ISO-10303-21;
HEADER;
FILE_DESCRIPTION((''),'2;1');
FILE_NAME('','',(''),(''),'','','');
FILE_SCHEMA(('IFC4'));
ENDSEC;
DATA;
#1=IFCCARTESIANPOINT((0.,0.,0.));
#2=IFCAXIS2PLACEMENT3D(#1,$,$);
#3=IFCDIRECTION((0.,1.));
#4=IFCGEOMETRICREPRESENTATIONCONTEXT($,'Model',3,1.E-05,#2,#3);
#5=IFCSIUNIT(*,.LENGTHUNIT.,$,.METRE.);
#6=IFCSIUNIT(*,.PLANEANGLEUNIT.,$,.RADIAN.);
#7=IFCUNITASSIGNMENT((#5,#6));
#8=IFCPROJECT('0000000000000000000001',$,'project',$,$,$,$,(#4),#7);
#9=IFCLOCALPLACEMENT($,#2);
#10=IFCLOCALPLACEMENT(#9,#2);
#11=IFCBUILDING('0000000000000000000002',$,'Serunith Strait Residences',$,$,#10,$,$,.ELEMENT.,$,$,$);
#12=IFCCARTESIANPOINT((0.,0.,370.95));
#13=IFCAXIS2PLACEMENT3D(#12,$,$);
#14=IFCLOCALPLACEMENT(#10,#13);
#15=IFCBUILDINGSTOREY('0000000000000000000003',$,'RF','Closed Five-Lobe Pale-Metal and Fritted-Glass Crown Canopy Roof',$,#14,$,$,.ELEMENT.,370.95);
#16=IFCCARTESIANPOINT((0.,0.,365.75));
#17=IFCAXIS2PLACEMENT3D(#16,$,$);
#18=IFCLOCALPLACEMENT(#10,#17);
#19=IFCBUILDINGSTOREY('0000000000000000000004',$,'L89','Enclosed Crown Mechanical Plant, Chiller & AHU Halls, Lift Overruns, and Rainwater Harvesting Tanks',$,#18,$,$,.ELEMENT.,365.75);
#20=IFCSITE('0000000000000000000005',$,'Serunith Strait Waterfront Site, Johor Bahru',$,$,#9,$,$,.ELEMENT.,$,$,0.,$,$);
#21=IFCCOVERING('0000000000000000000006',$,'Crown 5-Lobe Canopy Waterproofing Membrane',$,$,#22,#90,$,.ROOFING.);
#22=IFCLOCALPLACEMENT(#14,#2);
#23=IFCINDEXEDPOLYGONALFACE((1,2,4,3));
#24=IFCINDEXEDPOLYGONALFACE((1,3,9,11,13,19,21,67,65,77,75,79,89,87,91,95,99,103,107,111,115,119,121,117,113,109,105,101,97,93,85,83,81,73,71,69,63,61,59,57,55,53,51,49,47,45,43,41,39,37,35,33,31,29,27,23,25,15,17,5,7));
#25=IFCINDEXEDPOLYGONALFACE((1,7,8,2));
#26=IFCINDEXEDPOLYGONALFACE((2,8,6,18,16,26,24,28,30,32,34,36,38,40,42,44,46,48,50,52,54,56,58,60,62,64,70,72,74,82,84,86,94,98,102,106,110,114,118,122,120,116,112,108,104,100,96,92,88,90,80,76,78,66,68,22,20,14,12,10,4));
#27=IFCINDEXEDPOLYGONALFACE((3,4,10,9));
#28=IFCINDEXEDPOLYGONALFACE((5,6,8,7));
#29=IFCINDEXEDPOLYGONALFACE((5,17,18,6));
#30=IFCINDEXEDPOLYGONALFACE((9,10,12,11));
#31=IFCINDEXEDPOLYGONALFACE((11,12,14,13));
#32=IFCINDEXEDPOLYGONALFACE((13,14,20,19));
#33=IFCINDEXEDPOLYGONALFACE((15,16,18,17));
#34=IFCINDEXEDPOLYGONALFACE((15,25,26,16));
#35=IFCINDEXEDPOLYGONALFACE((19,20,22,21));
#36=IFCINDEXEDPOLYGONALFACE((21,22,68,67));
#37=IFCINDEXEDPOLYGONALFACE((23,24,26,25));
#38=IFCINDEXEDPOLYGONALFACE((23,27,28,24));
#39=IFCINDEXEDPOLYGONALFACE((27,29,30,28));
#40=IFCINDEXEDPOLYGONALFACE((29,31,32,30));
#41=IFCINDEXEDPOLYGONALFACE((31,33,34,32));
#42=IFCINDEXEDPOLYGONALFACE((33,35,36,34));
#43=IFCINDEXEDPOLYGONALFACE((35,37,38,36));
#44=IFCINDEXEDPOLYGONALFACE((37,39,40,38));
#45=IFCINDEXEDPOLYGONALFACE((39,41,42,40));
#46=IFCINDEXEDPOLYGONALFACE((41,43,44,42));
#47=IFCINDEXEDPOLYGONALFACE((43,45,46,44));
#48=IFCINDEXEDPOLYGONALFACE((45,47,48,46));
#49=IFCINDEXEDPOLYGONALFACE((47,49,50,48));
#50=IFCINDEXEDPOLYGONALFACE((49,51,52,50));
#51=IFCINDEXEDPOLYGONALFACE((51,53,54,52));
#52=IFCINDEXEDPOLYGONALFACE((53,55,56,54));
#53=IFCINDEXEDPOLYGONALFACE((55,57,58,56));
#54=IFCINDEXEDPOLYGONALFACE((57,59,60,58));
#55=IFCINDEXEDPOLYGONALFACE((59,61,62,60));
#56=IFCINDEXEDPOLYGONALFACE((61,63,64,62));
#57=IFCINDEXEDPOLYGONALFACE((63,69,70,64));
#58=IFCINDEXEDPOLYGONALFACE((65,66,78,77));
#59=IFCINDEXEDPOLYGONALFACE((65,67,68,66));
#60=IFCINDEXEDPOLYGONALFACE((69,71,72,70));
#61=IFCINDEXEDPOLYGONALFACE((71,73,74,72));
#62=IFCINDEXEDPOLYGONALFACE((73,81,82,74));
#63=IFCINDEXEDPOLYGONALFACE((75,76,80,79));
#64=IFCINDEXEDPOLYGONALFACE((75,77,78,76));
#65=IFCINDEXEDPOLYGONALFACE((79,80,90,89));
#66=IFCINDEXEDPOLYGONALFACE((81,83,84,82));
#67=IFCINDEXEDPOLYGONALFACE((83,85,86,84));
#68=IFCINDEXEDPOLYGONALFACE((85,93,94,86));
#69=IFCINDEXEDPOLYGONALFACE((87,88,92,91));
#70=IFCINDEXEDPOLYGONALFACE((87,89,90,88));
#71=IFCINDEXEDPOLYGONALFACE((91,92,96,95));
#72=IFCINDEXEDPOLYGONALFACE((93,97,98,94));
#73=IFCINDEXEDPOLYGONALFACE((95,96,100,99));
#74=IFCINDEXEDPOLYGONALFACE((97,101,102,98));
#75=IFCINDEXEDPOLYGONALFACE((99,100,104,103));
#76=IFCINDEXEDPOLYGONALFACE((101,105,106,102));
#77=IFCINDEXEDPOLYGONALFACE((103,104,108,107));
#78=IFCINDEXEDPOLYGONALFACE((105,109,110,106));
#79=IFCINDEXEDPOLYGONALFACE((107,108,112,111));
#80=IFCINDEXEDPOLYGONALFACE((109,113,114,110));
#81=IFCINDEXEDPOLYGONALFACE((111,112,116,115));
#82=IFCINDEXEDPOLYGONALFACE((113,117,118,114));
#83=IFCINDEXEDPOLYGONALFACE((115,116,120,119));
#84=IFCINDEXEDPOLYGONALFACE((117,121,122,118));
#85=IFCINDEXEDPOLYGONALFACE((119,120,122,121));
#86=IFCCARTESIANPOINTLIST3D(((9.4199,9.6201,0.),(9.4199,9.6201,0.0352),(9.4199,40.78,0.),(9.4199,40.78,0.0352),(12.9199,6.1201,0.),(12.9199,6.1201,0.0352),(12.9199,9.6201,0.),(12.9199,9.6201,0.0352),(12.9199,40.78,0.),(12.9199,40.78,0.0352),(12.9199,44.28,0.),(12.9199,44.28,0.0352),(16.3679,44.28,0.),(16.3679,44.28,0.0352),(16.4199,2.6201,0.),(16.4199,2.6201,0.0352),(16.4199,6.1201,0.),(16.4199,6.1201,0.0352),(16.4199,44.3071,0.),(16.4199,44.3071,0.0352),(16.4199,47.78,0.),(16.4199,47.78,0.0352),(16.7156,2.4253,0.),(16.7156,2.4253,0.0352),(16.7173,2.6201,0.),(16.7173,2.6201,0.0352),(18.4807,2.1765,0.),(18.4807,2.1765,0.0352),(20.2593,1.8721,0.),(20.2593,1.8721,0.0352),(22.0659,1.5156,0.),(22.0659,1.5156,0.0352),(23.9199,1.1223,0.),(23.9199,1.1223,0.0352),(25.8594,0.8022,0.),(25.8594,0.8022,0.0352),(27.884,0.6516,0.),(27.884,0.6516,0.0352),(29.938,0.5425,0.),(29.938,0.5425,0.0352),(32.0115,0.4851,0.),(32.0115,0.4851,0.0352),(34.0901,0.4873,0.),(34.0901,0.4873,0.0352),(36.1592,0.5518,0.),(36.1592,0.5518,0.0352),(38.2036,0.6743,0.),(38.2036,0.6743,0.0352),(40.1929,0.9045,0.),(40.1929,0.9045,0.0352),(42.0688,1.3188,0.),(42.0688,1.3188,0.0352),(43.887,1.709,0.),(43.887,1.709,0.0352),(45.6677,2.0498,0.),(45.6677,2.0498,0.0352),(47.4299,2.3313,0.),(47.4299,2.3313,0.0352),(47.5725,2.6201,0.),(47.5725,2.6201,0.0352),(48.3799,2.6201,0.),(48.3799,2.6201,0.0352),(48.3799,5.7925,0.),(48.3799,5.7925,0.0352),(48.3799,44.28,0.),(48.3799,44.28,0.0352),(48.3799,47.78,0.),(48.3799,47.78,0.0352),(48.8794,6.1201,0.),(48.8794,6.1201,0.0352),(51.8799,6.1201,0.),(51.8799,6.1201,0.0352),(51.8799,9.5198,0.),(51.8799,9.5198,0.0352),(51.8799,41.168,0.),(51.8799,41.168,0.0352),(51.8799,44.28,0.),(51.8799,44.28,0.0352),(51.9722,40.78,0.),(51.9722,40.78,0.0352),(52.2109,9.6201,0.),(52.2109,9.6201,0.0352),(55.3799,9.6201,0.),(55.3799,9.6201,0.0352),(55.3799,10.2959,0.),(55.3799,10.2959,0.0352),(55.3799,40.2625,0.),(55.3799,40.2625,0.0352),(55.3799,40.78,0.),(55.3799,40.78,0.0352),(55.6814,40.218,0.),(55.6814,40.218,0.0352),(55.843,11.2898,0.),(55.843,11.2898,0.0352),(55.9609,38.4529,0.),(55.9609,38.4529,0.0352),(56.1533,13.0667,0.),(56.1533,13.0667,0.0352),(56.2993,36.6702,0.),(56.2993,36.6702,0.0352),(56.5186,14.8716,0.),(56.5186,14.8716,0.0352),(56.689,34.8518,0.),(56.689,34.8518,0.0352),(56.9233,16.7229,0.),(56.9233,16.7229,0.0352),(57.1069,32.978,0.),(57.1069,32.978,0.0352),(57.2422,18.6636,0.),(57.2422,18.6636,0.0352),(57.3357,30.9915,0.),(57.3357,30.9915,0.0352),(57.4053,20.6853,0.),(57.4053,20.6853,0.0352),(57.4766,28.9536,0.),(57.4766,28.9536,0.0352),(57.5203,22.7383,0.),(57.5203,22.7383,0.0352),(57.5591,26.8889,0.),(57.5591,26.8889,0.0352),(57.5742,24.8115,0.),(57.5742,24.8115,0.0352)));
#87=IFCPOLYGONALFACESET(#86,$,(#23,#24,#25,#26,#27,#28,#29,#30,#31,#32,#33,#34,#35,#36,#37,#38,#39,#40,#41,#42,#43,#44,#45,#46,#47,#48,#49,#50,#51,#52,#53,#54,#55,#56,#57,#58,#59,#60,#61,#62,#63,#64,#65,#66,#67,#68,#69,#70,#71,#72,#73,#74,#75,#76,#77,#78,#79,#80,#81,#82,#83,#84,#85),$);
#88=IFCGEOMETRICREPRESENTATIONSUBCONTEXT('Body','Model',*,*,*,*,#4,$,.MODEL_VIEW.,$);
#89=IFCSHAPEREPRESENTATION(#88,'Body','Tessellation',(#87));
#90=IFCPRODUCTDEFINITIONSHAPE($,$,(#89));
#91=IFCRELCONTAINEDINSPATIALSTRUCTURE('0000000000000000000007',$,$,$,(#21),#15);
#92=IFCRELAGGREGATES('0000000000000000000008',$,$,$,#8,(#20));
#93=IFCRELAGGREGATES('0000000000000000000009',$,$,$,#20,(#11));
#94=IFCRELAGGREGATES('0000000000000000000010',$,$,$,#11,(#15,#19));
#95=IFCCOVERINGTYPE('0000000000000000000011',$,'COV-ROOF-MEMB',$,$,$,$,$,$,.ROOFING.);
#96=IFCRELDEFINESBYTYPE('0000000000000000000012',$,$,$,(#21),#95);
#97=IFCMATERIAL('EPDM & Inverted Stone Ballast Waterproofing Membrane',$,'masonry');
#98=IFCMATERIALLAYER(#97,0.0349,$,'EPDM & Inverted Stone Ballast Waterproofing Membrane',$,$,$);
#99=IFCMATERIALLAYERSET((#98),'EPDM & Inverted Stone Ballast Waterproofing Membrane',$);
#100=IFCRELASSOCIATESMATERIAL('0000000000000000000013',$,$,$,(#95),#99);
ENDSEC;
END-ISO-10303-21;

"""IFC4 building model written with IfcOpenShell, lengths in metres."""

from ifc_helpers import new_model, si_unit, direction, frame, origin, place, context, subcontext, project, spatial, polyline, outline, extrude, material, layer, layer_set, type_object, element, save


model = new_model("IFC4")

# Units and contexts
model_context = context("Model", 3, precision=1e-05, world=origin(), true_north=direction((0.0, 1.0)))
body_context = subcontext(model_context, "Body", "Model", "MODEL_VIEW")
ifc_project = project(units=[si_unit("LENGTHUNIT", "METRE"), si_unit("PLANEANGLEUNIT", "RADIAN")], contexts=[model_context])

# Site, building, storey
site_placement = place(None, origin())
site = spatial("IfcSite", under=ifc_project, at=site_placement, Name="Serunith Strait Waterfront Site, Johor Bahru", CompositionType="ELEMENT", RefElevation=0.0)
building_placement = place(site_placement, origin())
building = spatial("IfcBuilding", under=site, at=building_placement, Name="Serunith Strait Residences", CompositionType="ELEMENT")
storey_1_placement = place(building_placement, frame((0.0, 0.0, 370.95)))
storey_1 = spatial("IfcBuildingStorey", under=building, at=storey_1_placement, Name="RF", Description="Closed Five-Lobe Pale-Metal and Fritted-Glass Crown Canopy Roof", CompositionType="ELEMENT", Elevation=370.95)

# Shared definitions
storey_2_placement = place(building_placement, frame((0.0, 0.0, 365.75)))
storey_2 = spatial("IfcBuildingStorey", under=building, at=storey_2_placement, Name="L89", Description="Enclosed Crown Mechanical Plant, Chiller & AHU Halls, Lift Overruns, and Rainwater Harvesting Tanks", CompositionType="ELEMENT", Elevation=365.75)

# Covering
ifc_material_1 = material(Name="EPDM & Inverted Stone Ballast Waterproofing Membrane", Category="masonry")
ifc_layer_1 = layer(ifc_material_1, 0.0349, Name="EPDM & Inverted Stone Ballast Waterproofing Membrane")
ifc_layer_set_1 = layer_set([ifc_layer_1], Name="EPDM & Inverted Stone Ballast Waterproofing Membrane")
covering_type = type_object("IfcCoveringType", Name="COV-ROOF-MEMB", PredefinedType="ROOFING", material=ifc_layer_set_1)
covering_placement = place(storey_1_placement, origin())
element("IfcCovering", 1, at=covering_placement, inside=storey_1, type_object=covering_type, Name="Crown 5-Lobe Canopy Waterproofing Membrane", PredefinedType="ROOFING", context=body_context, shape_type="SweptSolid", body=[
    extrude(outline(polyline([(16.4199, 2.6201), (16.4199, 6.1201), (12.9199, 6.1201), (12.9199, 9.6201), (9.4199, 9.6201), (9.4199, 40.78), (12.9199, 40.78), (12.9199, 44.28), (16.3679, 44.28), (16.4199, 44.3071), (16.4199, 47.78), (48.3799, 47.78), (48.3799, 44.28), (51.8799, 44.28), (51.8799, 41.168), (51.9722, 40.78), (55.3799, 40.78), (55.3799, 40.2625), (55.6814, 40.218), (55.9609, 38.4529), (56.2993, 36.6702), (56.689, 34.8518), (57.1069, 32.978), (57.3357, 30.9915), (57.4766, 28.9536), (57.5591, 26.8889), (57.5742, 24.8115), (57.5203, 22.7383), (57.4053, 20.6853), (57.2422, 18.6636), (56.9233, 16.7229), (56.5186, 14.8716), (56.1533, 13.0667), (55.843, 11.2898), (55.3799, 10.2959), (55.3799, 9.6201), (52.2109, 9.6201), (51.8799, 9.5198), (51.8799, 6.1201), (48.8794, 6.1201), (48.3799, 5.7925), (48.3799, 2.6201), (47.5725, 2.6201), (47.4299, 2.3313), (45.6677, 2.0498), (43.887, 1.709), (42.0688, 1.3188), (40.1929, 0.9045), (38.2036, 0.6743), (36.1592, 0.5518), (34.0901, 0.4873), (32.0115, 0.4851), (29.938, 0.5425), (27.884, 0.6516), (25.8594, 0.8022), (23.9199, 1.1223), (22.0659, 1.5156), (20.2593, 1.8721), (18.4807, 2.1765), (16.7156, 2.4253), (16.7173, 2.6201), (16.4199, 2.6201)])), origin(), (0.0, 0.0, 1.0), 0.0352),
])

save(model, "model.ifc")
